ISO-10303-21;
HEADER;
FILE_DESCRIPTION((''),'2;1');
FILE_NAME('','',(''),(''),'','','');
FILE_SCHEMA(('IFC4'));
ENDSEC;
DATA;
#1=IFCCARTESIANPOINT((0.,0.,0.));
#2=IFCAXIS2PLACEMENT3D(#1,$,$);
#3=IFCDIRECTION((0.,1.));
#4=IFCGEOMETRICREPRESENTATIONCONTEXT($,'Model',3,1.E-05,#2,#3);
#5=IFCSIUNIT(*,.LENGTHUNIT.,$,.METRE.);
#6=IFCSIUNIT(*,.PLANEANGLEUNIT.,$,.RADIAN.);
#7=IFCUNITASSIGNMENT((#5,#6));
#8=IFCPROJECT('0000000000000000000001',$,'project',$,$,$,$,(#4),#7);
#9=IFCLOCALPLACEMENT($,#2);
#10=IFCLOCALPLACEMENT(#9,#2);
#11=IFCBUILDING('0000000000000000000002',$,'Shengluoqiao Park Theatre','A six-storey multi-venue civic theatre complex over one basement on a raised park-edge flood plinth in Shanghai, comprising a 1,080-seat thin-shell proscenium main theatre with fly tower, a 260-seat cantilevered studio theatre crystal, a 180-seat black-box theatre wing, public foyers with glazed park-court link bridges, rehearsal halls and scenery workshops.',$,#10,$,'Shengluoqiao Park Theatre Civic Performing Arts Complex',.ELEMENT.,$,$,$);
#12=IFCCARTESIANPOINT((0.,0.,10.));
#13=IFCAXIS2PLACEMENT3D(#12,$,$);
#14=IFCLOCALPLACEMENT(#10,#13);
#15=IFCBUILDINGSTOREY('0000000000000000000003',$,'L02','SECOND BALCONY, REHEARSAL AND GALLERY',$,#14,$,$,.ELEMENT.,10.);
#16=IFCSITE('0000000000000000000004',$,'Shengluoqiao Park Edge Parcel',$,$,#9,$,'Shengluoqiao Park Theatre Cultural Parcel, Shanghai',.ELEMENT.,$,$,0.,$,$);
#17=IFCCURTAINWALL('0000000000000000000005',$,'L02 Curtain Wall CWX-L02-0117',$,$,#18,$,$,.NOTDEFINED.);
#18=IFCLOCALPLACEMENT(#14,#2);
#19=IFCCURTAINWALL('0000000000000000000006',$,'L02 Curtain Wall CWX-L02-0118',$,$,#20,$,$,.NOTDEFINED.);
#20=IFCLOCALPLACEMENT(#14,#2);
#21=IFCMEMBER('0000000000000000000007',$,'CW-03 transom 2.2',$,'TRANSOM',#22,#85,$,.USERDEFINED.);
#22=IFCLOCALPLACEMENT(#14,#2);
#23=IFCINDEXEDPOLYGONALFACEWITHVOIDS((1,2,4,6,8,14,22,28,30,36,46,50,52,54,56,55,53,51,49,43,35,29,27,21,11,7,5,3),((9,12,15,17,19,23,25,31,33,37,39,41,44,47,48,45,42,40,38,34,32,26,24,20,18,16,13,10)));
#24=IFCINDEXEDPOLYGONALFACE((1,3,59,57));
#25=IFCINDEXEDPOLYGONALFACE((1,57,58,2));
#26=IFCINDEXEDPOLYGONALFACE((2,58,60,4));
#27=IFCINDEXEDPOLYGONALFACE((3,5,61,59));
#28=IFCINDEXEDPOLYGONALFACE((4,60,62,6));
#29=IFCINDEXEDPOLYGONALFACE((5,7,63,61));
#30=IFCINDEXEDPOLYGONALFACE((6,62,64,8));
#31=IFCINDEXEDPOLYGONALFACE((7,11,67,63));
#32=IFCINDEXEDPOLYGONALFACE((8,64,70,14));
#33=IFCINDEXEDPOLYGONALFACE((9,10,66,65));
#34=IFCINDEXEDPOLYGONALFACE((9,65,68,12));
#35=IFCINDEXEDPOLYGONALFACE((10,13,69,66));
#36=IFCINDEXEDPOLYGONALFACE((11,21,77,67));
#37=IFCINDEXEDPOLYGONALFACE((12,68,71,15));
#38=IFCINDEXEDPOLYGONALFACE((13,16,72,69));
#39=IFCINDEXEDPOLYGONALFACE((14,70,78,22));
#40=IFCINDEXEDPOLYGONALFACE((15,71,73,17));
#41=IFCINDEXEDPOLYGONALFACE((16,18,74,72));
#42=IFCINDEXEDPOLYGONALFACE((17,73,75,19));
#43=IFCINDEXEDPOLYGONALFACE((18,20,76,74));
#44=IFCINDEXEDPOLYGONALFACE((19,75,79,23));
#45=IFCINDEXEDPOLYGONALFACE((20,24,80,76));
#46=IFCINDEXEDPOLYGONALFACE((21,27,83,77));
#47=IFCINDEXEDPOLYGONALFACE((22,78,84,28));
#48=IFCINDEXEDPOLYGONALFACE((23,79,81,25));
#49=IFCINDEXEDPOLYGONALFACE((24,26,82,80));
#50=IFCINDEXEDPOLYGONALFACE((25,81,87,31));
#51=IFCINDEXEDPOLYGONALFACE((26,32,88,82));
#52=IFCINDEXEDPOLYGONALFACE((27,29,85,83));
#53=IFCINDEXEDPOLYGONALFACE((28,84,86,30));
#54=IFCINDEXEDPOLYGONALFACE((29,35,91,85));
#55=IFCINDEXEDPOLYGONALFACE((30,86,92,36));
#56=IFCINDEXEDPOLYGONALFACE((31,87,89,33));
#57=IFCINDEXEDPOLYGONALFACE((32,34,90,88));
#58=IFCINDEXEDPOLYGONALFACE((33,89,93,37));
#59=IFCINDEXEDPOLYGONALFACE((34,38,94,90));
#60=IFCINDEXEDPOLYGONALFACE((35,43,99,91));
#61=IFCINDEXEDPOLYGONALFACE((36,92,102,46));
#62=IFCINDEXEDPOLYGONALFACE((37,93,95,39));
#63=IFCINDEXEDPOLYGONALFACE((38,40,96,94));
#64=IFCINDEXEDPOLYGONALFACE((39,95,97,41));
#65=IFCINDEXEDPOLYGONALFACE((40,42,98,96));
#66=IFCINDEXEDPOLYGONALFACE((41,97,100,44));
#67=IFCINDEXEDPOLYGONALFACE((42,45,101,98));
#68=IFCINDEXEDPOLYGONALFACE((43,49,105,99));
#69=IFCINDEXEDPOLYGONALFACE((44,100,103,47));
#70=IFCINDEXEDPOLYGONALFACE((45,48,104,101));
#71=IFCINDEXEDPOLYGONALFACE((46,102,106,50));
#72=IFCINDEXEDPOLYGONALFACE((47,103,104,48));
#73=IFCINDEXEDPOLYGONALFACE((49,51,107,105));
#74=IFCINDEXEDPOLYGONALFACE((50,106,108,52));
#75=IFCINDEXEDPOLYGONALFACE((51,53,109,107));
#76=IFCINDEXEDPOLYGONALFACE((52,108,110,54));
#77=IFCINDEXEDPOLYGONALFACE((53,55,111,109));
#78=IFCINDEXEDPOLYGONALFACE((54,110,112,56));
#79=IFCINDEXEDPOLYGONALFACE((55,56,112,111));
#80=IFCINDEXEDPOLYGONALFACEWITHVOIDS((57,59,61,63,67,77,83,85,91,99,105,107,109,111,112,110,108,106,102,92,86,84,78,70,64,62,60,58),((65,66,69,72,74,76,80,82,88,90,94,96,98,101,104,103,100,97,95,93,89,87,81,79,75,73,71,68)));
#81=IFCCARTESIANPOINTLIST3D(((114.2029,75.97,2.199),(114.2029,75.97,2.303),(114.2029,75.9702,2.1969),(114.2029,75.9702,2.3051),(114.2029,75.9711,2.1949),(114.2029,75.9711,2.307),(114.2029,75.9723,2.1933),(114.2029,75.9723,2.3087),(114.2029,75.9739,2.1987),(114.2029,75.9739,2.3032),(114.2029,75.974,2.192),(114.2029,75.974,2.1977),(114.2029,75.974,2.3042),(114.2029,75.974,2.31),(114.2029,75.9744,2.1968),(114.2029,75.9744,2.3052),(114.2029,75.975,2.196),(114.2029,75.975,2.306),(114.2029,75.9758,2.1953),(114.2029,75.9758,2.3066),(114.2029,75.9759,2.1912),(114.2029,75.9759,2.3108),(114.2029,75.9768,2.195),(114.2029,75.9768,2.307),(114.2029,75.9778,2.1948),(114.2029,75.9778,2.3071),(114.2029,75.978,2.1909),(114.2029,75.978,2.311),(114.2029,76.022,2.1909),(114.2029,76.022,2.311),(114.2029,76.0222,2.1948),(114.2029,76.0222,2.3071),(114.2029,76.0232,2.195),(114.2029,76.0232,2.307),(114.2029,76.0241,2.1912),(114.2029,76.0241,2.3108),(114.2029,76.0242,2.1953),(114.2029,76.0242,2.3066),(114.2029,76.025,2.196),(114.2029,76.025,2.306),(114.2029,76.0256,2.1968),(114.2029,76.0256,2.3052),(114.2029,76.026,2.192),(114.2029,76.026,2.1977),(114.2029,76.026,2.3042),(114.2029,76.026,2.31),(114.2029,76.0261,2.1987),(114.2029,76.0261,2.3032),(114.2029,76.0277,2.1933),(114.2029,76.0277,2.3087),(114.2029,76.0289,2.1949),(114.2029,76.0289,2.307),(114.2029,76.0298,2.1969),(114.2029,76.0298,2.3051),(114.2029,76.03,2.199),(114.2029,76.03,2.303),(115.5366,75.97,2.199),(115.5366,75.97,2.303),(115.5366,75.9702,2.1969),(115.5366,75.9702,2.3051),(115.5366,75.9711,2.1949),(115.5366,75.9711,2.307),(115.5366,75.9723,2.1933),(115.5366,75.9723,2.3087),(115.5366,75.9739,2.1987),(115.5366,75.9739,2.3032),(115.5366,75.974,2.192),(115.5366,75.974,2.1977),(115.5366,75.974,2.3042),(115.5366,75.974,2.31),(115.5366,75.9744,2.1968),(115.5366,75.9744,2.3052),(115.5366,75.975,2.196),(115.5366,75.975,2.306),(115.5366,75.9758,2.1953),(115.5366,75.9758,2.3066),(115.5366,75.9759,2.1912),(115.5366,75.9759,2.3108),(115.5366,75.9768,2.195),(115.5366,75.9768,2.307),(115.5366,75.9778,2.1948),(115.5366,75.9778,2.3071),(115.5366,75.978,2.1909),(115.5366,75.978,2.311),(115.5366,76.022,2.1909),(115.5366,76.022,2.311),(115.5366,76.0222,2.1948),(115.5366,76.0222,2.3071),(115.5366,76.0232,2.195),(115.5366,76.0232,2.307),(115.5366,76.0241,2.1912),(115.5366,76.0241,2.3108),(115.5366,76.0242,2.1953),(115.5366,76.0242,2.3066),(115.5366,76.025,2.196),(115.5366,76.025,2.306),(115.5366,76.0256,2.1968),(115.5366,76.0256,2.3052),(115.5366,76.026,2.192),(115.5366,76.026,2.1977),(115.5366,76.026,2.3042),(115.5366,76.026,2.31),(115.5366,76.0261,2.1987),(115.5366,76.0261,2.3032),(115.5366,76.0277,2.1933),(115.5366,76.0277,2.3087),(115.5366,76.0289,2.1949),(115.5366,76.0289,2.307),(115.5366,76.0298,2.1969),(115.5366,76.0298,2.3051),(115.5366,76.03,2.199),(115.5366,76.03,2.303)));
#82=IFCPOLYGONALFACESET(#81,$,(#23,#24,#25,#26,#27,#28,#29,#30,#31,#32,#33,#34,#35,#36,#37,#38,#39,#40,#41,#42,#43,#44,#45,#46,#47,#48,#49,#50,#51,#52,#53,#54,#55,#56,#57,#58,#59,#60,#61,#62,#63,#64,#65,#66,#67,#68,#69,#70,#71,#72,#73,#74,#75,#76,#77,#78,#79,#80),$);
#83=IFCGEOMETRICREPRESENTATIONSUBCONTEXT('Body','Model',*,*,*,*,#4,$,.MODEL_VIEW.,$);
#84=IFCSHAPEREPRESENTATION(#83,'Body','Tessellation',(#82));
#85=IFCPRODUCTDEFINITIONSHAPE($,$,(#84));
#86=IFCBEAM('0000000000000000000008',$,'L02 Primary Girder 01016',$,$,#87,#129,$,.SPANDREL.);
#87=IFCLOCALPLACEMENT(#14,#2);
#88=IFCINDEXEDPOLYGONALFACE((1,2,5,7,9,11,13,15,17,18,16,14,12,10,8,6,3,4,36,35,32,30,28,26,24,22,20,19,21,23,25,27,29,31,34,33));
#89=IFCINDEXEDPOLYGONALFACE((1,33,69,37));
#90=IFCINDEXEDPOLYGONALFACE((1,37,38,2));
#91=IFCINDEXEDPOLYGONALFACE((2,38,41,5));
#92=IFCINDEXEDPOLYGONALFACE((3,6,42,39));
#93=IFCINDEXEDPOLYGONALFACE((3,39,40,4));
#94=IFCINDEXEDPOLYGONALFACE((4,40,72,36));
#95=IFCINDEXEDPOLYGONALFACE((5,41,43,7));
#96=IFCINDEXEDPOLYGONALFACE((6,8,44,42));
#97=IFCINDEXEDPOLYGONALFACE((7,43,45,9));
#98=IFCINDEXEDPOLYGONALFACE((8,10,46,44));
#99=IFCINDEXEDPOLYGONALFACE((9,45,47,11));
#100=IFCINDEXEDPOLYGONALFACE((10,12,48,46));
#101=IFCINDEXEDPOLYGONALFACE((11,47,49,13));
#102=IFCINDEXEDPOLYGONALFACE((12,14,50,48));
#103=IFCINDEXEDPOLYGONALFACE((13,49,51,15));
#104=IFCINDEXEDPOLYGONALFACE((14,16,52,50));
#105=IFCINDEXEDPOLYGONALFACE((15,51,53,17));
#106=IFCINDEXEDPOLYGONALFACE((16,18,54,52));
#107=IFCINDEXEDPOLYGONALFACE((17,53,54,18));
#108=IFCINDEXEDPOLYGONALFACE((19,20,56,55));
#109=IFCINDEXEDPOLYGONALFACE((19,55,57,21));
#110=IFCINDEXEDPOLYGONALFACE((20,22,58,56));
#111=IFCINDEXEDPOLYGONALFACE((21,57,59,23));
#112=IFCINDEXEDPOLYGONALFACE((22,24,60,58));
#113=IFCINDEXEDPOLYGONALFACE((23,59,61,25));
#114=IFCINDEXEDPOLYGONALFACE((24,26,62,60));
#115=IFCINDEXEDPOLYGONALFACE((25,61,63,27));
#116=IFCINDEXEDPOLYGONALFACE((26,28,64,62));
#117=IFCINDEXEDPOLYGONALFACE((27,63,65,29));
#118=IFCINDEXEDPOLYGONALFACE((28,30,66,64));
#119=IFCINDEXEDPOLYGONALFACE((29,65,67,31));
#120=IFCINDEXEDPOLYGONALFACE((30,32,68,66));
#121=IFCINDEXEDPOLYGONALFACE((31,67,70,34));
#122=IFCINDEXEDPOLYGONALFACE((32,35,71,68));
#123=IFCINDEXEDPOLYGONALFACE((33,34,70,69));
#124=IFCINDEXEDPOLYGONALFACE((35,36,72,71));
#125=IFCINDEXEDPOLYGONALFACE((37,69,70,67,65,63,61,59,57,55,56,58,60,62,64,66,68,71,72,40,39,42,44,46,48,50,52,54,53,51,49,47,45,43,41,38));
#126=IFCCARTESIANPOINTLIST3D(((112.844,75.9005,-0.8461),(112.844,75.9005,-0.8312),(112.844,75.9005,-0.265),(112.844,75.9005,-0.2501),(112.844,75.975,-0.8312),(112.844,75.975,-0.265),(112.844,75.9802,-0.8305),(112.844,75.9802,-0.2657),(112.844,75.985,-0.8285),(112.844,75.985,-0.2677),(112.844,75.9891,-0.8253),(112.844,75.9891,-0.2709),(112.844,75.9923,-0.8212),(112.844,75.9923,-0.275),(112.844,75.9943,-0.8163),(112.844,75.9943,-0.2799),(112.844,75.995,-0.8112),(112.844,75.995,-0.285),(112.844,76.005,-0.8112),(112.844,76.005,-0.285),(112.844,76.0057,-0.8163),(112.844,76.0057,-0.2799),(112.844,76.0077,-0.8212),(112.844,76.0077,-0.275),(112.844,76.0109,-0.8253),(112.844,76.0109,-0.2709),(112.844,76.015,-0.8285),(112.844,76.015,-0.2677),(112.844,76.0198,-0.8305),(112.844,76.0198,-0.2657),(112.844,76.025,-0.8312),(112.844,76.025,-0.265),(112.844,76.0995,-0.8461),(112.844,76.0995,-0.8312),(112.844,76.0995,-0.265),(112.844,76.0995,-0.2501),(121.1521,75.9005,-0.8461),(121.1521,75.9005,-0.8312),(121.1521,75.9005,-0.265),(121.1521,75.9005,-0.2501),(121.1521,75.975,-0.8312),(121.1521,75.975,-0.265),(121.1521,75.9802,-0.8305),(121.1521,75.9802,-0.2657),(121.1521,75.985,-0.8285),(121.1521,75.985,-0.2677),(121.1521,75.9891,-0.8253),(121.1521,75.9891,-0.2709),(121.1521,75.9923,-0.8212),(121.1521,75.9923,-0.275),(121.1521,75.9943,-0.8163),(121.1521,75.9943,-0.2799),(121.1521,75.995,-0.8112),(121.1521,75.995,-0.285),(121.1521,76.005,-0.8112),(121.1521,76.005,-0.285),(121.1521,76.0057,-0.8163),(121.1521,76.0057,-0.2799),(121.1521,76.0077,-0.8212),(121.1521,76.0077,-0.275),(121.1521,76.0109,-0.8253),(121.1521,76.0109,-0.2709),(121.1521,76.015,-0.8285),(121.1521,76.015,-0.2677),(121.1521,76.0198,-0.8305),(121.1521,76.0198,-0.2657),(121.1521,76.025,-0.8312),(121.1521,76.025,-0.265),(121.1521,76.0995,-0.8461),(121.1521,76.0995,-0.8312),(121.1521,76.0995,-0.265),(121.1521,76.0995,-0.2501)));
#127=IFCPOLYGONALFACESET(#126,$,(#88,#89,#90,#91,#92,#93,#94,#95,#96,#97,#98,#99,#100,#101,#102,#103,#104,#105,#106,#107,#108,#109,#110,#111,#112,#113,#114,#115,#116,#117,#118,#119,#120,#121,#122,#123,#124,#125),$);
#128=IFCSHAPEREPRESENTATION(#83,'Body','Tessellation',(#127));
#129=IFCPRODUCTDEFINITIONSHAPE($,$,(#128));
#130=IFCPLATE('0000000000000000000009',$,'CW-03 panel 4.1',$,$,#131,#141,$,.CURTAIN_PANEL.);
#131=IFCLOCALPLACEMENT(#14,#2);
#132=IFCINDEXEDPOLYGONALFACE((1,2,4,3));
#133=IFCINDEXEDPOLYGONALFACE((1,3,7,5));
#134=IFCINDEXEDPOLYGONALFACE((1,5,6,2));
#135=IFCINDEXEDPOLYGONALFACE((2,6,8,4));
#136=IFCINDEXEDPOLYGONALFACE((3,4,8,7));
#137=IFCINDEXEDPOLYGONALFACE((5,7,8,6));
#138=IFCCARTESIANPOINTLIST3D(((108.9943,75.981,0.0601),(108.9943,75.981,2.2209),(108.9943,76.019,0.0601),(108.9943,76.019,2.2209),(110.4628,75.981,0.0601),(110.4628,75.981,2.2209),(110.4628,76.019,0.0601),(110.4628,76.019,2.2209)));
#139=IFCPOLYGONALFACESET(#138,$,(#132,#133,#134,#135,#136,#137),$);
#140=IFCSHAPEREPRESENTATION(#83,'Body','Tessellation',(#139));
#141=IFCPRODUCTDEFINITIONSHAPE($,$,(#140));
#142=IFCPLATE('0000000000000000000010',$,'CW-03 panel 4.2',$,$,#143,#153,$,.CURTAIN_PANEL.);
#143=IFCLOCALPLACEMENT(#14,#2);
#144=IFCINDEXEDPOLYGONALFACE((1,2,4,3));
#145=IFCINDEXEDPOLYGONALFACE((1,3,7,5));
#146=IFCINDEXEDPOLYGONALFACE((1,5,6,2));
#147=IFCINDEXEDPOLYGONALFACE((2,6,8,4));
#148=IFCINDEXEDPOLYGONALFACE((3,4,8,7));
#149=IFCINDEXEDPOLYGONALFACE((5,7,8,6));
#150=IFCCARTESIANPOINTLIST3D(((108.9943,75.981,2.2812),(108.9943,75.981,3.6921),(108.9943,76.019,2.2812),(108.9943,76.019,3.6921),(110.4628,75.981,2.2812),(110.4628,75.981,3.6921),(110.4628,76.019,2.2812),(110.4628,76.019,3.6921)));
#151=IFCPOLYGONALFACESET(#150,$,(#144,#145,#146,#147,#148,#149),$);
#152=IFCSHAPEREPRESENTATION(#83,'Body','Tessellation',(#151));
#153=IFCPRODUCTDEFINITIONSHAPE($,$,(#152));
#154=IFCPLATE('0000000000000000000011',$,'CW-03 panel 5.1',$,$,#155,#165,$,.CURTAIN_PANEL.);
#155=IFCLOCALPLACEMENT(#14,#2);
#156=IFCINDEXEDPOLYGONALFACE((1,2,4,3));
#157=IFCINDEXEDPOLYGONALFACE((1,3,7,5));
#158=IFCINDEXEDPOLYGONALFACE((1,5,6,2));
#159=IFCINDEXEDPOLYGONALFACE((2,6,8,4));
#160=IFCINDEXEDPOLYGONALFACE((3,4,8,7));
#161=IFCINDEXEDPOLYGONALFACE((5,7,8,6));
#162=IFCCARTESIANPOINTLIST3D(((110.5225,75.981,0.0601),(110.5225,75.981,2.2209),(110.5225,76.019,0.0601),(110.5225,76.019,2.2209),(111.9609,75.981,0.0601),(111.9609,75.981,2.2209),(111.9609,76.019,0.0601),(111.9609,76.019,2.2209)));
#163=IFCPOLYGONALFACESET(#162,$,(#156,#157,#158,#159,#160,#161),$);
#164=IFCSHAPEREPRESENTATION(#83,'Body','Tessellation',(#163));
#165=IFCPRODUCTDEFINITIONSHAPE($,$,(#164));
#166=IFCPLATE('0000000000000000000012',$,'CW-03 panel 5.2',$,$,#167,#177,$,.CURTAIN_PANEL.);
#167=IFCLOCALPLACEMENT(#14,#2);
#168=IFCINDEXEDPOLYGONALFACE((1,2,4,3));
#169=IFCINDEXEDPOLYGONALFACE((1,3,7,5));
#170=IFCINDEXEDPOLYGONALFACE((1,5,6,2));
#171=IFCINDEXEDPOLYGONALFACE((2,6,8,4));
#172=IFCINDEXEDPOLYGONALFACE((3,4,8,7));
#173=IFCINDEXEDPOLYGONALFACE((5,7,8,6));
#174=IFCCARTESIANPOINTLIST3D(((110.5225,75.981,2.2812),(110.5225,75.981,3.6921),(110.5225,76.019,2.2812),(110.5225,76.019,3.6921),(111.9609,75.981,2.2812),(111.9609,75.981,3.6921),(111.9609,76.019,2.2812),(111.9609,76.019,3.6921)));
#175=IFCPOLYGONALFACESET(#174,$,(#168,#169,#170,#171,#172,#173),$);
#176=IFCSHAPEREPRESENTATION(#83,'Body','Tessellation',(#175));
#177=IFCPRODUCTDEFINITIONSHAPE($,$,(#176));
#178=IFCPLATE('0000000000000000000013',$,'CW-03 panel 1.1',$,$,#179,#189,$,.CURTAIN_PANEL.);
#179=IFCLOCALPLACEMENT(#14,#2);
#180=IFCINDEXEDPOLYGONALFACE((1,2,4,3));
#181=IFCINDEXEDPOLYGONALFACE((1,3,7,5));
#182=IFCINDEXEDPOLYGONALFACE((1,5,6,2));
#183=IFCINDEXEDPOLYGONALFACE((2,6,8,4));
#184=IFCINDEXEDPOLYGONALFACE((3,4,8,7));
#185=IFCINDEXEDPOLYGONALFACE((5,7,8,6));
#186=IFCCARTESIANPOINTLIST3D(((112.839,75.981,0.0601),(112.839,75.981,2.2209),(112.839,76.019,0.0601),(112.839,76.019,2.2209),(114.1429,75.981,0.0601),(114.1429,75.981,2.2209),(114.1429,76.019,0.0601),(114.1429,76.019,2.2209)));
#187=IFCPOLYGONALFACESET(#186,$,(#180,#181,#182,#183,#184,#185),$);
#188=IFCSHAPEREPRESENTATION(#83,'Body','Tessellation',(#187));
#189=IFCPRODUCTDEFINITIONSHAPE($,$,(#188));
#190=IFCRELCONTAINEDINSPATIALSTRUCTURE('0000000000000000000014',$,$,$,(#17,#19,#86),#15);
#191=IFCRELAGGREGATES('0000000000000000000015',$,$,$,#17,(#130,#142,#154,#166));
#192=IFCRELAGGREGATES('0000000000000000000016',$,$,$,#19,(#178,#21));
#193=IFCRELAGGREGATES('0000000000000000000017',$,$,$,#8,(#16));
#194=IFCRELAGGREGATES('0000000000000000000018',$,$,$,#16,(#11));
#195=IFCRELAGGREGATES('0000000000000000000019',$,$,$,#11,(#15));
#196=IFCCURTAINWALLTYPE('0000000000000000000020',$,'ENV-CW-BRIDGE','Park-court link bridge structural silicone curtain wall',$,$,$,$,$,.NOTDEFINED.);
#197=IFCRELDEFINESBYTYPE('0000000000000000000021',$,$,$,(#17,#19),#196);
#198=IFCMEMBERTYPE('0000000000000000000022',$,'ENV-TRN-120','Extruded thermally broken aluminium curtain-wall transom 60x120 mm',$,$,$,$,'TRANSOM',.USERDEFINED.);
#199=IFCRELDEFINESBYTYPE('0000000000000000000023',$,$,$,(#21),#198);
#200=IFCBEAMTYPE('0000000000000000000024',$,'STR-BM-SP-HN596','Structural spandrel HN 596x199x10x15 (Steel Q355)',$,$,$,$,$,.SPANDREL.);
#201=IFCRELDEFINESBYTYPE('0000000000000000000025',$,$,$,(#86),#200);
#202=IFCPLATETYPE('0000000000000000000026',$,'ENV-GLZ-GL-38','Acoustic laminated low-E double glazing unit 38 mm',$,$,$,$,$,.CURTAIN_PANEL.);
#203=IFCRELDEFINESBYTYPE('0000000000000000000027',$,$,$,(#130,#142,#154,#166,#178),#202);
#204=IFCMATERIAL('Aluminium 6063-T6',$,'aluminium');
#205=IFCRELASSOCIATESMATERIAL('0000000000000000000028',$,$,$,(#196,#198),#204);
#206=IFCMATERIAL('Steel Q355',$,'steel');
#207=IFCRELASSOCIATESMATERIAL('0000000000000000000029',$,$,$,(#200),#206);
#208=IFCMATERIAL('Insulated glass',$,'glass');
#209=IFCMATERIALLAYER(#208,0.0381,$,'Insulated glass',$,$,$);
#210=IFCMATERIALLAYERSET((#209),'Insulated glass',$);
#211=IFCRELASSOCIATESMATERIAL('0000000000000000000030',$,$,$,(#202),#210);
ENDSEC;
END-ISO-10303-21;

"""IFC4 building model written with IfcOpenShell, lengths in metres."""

from ifc_helpers import new_model, si_unit, direction, frame, origin, origin_2d, place, context, subcontext, project, spatial, rectangle, hollow_rectangle, i_section, extrude, material, layer, layer_set, material_profile, profile_set, type_object, element, aggregate, save


model = new_model("IFC4")

# Units and contexts
model_context = context("Model", 3, precision=1e-05, world=origin(), true_north=direction((0.0, 1.0)))
body_context = subcontext(model_context, "Body", "Model", "MODEL_VIEW")
ifc_project = project(units=[si_unit("LENGTHUNIT", "METRE"), si_unit("PLANEANGLEUNIT", "RADIAN")], contexts=[model_context])

# Site, building, storey
site_placement = place(None, origin())
site = spatial("IfcSite", under=ifc_project, at=site_placement, Name="Shengluoqiao Park Edge Parcel", LongName="Shengluoqiao Park Theatre Cultural Parcel, Shanghai", CompositionType="ELEMENT", RefElevation=0.0)
building_placement = place(site_placement, origin())
building = spatial("IfcBuilding", under=site, at=building_placement, Name="Shengluoqiao Park Theatre", Description="A six-storey multi-venue civic theatre complex over one basement on a raised park-edge flood plinth in Shanghai, comprising a 1,080-seat thin-shell proscenium main theatre with fly tower, a 260-seat cantilevered studio theatre crystal, a 180-seat black-box theatre wing, public foyers with glazed park-court link bridges, rehearsal halls and scenery workshops.", LongName="Shengluoqiao Park Theatre Civic Performing Arts Complex", CompositionType="ELEMENT")
storey_placement = place(building_placement, frame((0.0, 0.0, 10.0)))
storey = spatial("IfcBuildingStorey", under=building, at=storey_placement, Name="L02", Description="SECOND BALCONY, REHEARSAL AND GALLERY", CompositionType="ELEMENT", Elevation=10.0)

# Curtain walls
ifc_material_1 = material(Name="Aluminium 6063-T6", Category="aluminium")
curtain_wall_type = type_object("IfcCurtainWallType", Name="ENV-CW-BRIDGE", Description="Park-court link bridge structural silicone curtain wall", PredefinedType="NOTDEFINED", material=ifc_material_1)
curtain_wall_1_placement = place(storey_placement, origin())
curtain_wall_1 = element("IfcCurtainWall", 1, at=curtain_wall_1_placement, inside=storey, type_object=curtain_wall_type, Name="L02 Curtain Wall CWX-L02-0117", PredefinedType="NOTDEFINED")
curtain_wall_2_placement = place(storey_placement, origin())
curtain_wall_2 = element("IfcCurtainWall", 2, at=curtain_wall_2_placement, inside=storey, type_object=curtain_wall_type, Name="L02 Curtain Wall CWX-L02-0118", PredefinedType="NOTDEFINED")

# Member
ifc_material_profile_1 = material_profile(ifc_material_1, hollow_rectangle(XDim=0.0601, YDim=0.1201, WallThickness=0.0039, InnerFilletRadius=0.0039, OuterFilletRadius=0.0081, at=origin_2d()), Name="ALU TRANSOM 120x60x4")
ifc_profile_set_1 = profile_set([ifc_material_profile_1], Name="Aluminium 6063-T6")
member_type_1 = type_object("IfcMemberType", Name="ENV-TRN-120", Description="Extruded thermally broken aluminium curtain-wall transom 60x120 mm", ElementType="TRANSOM", PredefinedType="USERDEFINED", material=ifc_profile_set_1)
member_1_placement = place(storey_placement, frame((114.2029, 76.0, 2.251), z_axis=(1.0, 0.0, 0.0), x_axis=(0.0, 1.0, 0.0)))
member_1 = element("IfcMember", 3, at=member_1_placement, type_object=member_type_1, Name="CW-03 transom 2.2", ObjectType="TRANSOM", PredefinedType="USERDEFINED", context=body_context, shape_type="SweptSolid", body=[
    extrude(hollow_rectangle(XDim=0.0601, YDim=0.1201, WallThickness=0.0039, InnerFilletRadius=0.0039, OuterFilletRadius=0.0081, at=origin_2d()), origin(), (0.0, 0.0, 1.0), 1.3337),
])

# Beam
ifc_material_2 = material(Name="Steel Q355", Category="steel")
ifc_material_profile_2 = material_profile(ifc_material_2, i_section(OverallWidth=0.199, OverallDepth=0.5959, WebThickness=0.01, FlangeThickness=0.0149, FilletRadius=0.02, at=origin_2d()), Name="HN 596x199x10x15")
ifc_profile_set_2 = profile_set([ifc_material_profile_2], Name="Steel Q355")
beam_type = type_object("IfcBeamType", Name="STR-BM-SP-HN596", Description="Structural spandrel HN 596x199x10x15 (Steel Q355)", PredefinedType="SPANDREL", material=ifc_profile_set_2)
beam_placement = place(storey_placement, frame((112.844, 76.0, -0.5481), z_axis=(1.0, 0.0, 0.0), x_axis=(0.0, 1.0, 0.0)))
element("IfcBeam", 4, at=beam_placement, inside=storey, type_object=beam_type, Name="L02 Primary Girder 01016", PredefinedType="SPANDREL", context=body_context, shape_type="SweptSolid", body=[
    extrude(i_section(OverallWidth=0.199, OverallDepth=0.5959, WebThickness=0.01, FlangeThickness=0.0149, FilletRadius=0.02, at=origin_2d()), origin(), (0.0, 0.0, 1.0), 8.3081),
])

# Plates
ifc_material_3 = material(Name="Insulated glass", Category="glass")
ifc_layer = layer(ifc_material_3, 0.0381, Name="Insulated glass")
ifc_layer_set = layer_set([ifc_layer], Name="Insulated glass")
plate_type = type_object("IfcPlateType", Name="ENV-GLZ-GL-38", Description="Acoustic laminated low-E double glazing unit 38 mm", PredefinedType="CURTAIN_PANEL", material=ifc_layer_set)
plate_1_placement = place(storey_placement, frame((109.7285, 76.0, 0.0601), z_axis=(0.0, 0.0, 1.0), x_axis=(1.0, 0.0, 0.0)))
plate_1 = element("IfcPlate", 5, at=plate_1_placement, type_object=plate_type, Name="CW-03 panel 4.1", PredefinedType="CURTAIN_PANEL", context=body_context, shape_type="SweptSolid", body=[
    extrude(rectangle(XDim=1.4685, YDim=0.0381, at=origin_2d()), origin(), (0.0, 0.0, 1.0), 2.1609),
])
plate_2_placement = place(storey_placement, frame((109.7285, 76.0, 2.2812), z_axis=(0.0, 0.0, 1.0), x_axis=(1.0, 0.0, 0.0)))
plate_2 = element("IfcPlate", 6, at=plate_2_placement, type_object=plate_type, Name="CW-03 panel 4.2", PredefinedType="CURTAIN_PANEL", context=body_context, shape_type="SweptSolid", body=[
    extrude(rectangle(XDim=1.4685, YDim=0.0381, at=origin_2d()), origin(), (0.0, 0.0, 1.0), 1.4109),
])
plate_3_placement = place(storey_placement, frame((111.2417, 76.0, 0.0601), z_axis=(0.0, 0.0, 1.0), x_axis=(1.0, 0.0, 0.0)))
plate_3 = element("IfcPlate", 7, at=plate_3_placement, type_object=plate_type, Name="CW-03 panel 5.1", PredefinedType="CURTAIN_PANEL", context=body_context, shape_type="SweptSolid", body=[
    extrude(rectangle(XDim=1.4385, YDim=0.0381, at=origin_2d()), origin(), (0.0, 0.0, 1.0), 2.1609),
])
plate_4_placement = place(storey_placement, frame((111.2417, 76.0, 2.2812), z_axis=(0.0, 0.0, 1.0), x_axis=(1.0, 0.0, 0.0)))
plate_4 = element("IfcPlate", 8, at=plate_4_placement, type_object=plate_type, Name="CW-03 panel 5.2", PredefinedType="CURTAIN_PANEL", context=body_context, shape_type="SweptSolid", body=[
    extrude(rectangle(XDim=1.4385, YDim=0.0381, at=origin_2d()), origin(), (0.0, 0.0, 1.0), 1.4109),
])
aggregate(curtain_wall_1, [plate_1, plate_2, plate_3, plate_4])
plate_5_placement = place(storey_placement, frame((113.491, 76.0, 0.0601), z_axis=(0.0, 0.0, 1.0), x_axis=(1.0, 0.0, 0.0)))
plate_5 = element("IfcPlate", 9, at=plate_5_placement, type_object=plate_type, Name="CW-03 panel 1.1", PredefinedType="CURTAIN_PANEL", context=body_context, shape_type="SweptSolid", body=[
    extrude(rectangle(XDim=1.304, YDim=0.0381, at=origin_2d()), origin(), (0.0, 0.0, 1.0), 2.1609),
])
aggregate(curtain_wall_2, [plate_5, member_1])

save(model, "model.ifc")
